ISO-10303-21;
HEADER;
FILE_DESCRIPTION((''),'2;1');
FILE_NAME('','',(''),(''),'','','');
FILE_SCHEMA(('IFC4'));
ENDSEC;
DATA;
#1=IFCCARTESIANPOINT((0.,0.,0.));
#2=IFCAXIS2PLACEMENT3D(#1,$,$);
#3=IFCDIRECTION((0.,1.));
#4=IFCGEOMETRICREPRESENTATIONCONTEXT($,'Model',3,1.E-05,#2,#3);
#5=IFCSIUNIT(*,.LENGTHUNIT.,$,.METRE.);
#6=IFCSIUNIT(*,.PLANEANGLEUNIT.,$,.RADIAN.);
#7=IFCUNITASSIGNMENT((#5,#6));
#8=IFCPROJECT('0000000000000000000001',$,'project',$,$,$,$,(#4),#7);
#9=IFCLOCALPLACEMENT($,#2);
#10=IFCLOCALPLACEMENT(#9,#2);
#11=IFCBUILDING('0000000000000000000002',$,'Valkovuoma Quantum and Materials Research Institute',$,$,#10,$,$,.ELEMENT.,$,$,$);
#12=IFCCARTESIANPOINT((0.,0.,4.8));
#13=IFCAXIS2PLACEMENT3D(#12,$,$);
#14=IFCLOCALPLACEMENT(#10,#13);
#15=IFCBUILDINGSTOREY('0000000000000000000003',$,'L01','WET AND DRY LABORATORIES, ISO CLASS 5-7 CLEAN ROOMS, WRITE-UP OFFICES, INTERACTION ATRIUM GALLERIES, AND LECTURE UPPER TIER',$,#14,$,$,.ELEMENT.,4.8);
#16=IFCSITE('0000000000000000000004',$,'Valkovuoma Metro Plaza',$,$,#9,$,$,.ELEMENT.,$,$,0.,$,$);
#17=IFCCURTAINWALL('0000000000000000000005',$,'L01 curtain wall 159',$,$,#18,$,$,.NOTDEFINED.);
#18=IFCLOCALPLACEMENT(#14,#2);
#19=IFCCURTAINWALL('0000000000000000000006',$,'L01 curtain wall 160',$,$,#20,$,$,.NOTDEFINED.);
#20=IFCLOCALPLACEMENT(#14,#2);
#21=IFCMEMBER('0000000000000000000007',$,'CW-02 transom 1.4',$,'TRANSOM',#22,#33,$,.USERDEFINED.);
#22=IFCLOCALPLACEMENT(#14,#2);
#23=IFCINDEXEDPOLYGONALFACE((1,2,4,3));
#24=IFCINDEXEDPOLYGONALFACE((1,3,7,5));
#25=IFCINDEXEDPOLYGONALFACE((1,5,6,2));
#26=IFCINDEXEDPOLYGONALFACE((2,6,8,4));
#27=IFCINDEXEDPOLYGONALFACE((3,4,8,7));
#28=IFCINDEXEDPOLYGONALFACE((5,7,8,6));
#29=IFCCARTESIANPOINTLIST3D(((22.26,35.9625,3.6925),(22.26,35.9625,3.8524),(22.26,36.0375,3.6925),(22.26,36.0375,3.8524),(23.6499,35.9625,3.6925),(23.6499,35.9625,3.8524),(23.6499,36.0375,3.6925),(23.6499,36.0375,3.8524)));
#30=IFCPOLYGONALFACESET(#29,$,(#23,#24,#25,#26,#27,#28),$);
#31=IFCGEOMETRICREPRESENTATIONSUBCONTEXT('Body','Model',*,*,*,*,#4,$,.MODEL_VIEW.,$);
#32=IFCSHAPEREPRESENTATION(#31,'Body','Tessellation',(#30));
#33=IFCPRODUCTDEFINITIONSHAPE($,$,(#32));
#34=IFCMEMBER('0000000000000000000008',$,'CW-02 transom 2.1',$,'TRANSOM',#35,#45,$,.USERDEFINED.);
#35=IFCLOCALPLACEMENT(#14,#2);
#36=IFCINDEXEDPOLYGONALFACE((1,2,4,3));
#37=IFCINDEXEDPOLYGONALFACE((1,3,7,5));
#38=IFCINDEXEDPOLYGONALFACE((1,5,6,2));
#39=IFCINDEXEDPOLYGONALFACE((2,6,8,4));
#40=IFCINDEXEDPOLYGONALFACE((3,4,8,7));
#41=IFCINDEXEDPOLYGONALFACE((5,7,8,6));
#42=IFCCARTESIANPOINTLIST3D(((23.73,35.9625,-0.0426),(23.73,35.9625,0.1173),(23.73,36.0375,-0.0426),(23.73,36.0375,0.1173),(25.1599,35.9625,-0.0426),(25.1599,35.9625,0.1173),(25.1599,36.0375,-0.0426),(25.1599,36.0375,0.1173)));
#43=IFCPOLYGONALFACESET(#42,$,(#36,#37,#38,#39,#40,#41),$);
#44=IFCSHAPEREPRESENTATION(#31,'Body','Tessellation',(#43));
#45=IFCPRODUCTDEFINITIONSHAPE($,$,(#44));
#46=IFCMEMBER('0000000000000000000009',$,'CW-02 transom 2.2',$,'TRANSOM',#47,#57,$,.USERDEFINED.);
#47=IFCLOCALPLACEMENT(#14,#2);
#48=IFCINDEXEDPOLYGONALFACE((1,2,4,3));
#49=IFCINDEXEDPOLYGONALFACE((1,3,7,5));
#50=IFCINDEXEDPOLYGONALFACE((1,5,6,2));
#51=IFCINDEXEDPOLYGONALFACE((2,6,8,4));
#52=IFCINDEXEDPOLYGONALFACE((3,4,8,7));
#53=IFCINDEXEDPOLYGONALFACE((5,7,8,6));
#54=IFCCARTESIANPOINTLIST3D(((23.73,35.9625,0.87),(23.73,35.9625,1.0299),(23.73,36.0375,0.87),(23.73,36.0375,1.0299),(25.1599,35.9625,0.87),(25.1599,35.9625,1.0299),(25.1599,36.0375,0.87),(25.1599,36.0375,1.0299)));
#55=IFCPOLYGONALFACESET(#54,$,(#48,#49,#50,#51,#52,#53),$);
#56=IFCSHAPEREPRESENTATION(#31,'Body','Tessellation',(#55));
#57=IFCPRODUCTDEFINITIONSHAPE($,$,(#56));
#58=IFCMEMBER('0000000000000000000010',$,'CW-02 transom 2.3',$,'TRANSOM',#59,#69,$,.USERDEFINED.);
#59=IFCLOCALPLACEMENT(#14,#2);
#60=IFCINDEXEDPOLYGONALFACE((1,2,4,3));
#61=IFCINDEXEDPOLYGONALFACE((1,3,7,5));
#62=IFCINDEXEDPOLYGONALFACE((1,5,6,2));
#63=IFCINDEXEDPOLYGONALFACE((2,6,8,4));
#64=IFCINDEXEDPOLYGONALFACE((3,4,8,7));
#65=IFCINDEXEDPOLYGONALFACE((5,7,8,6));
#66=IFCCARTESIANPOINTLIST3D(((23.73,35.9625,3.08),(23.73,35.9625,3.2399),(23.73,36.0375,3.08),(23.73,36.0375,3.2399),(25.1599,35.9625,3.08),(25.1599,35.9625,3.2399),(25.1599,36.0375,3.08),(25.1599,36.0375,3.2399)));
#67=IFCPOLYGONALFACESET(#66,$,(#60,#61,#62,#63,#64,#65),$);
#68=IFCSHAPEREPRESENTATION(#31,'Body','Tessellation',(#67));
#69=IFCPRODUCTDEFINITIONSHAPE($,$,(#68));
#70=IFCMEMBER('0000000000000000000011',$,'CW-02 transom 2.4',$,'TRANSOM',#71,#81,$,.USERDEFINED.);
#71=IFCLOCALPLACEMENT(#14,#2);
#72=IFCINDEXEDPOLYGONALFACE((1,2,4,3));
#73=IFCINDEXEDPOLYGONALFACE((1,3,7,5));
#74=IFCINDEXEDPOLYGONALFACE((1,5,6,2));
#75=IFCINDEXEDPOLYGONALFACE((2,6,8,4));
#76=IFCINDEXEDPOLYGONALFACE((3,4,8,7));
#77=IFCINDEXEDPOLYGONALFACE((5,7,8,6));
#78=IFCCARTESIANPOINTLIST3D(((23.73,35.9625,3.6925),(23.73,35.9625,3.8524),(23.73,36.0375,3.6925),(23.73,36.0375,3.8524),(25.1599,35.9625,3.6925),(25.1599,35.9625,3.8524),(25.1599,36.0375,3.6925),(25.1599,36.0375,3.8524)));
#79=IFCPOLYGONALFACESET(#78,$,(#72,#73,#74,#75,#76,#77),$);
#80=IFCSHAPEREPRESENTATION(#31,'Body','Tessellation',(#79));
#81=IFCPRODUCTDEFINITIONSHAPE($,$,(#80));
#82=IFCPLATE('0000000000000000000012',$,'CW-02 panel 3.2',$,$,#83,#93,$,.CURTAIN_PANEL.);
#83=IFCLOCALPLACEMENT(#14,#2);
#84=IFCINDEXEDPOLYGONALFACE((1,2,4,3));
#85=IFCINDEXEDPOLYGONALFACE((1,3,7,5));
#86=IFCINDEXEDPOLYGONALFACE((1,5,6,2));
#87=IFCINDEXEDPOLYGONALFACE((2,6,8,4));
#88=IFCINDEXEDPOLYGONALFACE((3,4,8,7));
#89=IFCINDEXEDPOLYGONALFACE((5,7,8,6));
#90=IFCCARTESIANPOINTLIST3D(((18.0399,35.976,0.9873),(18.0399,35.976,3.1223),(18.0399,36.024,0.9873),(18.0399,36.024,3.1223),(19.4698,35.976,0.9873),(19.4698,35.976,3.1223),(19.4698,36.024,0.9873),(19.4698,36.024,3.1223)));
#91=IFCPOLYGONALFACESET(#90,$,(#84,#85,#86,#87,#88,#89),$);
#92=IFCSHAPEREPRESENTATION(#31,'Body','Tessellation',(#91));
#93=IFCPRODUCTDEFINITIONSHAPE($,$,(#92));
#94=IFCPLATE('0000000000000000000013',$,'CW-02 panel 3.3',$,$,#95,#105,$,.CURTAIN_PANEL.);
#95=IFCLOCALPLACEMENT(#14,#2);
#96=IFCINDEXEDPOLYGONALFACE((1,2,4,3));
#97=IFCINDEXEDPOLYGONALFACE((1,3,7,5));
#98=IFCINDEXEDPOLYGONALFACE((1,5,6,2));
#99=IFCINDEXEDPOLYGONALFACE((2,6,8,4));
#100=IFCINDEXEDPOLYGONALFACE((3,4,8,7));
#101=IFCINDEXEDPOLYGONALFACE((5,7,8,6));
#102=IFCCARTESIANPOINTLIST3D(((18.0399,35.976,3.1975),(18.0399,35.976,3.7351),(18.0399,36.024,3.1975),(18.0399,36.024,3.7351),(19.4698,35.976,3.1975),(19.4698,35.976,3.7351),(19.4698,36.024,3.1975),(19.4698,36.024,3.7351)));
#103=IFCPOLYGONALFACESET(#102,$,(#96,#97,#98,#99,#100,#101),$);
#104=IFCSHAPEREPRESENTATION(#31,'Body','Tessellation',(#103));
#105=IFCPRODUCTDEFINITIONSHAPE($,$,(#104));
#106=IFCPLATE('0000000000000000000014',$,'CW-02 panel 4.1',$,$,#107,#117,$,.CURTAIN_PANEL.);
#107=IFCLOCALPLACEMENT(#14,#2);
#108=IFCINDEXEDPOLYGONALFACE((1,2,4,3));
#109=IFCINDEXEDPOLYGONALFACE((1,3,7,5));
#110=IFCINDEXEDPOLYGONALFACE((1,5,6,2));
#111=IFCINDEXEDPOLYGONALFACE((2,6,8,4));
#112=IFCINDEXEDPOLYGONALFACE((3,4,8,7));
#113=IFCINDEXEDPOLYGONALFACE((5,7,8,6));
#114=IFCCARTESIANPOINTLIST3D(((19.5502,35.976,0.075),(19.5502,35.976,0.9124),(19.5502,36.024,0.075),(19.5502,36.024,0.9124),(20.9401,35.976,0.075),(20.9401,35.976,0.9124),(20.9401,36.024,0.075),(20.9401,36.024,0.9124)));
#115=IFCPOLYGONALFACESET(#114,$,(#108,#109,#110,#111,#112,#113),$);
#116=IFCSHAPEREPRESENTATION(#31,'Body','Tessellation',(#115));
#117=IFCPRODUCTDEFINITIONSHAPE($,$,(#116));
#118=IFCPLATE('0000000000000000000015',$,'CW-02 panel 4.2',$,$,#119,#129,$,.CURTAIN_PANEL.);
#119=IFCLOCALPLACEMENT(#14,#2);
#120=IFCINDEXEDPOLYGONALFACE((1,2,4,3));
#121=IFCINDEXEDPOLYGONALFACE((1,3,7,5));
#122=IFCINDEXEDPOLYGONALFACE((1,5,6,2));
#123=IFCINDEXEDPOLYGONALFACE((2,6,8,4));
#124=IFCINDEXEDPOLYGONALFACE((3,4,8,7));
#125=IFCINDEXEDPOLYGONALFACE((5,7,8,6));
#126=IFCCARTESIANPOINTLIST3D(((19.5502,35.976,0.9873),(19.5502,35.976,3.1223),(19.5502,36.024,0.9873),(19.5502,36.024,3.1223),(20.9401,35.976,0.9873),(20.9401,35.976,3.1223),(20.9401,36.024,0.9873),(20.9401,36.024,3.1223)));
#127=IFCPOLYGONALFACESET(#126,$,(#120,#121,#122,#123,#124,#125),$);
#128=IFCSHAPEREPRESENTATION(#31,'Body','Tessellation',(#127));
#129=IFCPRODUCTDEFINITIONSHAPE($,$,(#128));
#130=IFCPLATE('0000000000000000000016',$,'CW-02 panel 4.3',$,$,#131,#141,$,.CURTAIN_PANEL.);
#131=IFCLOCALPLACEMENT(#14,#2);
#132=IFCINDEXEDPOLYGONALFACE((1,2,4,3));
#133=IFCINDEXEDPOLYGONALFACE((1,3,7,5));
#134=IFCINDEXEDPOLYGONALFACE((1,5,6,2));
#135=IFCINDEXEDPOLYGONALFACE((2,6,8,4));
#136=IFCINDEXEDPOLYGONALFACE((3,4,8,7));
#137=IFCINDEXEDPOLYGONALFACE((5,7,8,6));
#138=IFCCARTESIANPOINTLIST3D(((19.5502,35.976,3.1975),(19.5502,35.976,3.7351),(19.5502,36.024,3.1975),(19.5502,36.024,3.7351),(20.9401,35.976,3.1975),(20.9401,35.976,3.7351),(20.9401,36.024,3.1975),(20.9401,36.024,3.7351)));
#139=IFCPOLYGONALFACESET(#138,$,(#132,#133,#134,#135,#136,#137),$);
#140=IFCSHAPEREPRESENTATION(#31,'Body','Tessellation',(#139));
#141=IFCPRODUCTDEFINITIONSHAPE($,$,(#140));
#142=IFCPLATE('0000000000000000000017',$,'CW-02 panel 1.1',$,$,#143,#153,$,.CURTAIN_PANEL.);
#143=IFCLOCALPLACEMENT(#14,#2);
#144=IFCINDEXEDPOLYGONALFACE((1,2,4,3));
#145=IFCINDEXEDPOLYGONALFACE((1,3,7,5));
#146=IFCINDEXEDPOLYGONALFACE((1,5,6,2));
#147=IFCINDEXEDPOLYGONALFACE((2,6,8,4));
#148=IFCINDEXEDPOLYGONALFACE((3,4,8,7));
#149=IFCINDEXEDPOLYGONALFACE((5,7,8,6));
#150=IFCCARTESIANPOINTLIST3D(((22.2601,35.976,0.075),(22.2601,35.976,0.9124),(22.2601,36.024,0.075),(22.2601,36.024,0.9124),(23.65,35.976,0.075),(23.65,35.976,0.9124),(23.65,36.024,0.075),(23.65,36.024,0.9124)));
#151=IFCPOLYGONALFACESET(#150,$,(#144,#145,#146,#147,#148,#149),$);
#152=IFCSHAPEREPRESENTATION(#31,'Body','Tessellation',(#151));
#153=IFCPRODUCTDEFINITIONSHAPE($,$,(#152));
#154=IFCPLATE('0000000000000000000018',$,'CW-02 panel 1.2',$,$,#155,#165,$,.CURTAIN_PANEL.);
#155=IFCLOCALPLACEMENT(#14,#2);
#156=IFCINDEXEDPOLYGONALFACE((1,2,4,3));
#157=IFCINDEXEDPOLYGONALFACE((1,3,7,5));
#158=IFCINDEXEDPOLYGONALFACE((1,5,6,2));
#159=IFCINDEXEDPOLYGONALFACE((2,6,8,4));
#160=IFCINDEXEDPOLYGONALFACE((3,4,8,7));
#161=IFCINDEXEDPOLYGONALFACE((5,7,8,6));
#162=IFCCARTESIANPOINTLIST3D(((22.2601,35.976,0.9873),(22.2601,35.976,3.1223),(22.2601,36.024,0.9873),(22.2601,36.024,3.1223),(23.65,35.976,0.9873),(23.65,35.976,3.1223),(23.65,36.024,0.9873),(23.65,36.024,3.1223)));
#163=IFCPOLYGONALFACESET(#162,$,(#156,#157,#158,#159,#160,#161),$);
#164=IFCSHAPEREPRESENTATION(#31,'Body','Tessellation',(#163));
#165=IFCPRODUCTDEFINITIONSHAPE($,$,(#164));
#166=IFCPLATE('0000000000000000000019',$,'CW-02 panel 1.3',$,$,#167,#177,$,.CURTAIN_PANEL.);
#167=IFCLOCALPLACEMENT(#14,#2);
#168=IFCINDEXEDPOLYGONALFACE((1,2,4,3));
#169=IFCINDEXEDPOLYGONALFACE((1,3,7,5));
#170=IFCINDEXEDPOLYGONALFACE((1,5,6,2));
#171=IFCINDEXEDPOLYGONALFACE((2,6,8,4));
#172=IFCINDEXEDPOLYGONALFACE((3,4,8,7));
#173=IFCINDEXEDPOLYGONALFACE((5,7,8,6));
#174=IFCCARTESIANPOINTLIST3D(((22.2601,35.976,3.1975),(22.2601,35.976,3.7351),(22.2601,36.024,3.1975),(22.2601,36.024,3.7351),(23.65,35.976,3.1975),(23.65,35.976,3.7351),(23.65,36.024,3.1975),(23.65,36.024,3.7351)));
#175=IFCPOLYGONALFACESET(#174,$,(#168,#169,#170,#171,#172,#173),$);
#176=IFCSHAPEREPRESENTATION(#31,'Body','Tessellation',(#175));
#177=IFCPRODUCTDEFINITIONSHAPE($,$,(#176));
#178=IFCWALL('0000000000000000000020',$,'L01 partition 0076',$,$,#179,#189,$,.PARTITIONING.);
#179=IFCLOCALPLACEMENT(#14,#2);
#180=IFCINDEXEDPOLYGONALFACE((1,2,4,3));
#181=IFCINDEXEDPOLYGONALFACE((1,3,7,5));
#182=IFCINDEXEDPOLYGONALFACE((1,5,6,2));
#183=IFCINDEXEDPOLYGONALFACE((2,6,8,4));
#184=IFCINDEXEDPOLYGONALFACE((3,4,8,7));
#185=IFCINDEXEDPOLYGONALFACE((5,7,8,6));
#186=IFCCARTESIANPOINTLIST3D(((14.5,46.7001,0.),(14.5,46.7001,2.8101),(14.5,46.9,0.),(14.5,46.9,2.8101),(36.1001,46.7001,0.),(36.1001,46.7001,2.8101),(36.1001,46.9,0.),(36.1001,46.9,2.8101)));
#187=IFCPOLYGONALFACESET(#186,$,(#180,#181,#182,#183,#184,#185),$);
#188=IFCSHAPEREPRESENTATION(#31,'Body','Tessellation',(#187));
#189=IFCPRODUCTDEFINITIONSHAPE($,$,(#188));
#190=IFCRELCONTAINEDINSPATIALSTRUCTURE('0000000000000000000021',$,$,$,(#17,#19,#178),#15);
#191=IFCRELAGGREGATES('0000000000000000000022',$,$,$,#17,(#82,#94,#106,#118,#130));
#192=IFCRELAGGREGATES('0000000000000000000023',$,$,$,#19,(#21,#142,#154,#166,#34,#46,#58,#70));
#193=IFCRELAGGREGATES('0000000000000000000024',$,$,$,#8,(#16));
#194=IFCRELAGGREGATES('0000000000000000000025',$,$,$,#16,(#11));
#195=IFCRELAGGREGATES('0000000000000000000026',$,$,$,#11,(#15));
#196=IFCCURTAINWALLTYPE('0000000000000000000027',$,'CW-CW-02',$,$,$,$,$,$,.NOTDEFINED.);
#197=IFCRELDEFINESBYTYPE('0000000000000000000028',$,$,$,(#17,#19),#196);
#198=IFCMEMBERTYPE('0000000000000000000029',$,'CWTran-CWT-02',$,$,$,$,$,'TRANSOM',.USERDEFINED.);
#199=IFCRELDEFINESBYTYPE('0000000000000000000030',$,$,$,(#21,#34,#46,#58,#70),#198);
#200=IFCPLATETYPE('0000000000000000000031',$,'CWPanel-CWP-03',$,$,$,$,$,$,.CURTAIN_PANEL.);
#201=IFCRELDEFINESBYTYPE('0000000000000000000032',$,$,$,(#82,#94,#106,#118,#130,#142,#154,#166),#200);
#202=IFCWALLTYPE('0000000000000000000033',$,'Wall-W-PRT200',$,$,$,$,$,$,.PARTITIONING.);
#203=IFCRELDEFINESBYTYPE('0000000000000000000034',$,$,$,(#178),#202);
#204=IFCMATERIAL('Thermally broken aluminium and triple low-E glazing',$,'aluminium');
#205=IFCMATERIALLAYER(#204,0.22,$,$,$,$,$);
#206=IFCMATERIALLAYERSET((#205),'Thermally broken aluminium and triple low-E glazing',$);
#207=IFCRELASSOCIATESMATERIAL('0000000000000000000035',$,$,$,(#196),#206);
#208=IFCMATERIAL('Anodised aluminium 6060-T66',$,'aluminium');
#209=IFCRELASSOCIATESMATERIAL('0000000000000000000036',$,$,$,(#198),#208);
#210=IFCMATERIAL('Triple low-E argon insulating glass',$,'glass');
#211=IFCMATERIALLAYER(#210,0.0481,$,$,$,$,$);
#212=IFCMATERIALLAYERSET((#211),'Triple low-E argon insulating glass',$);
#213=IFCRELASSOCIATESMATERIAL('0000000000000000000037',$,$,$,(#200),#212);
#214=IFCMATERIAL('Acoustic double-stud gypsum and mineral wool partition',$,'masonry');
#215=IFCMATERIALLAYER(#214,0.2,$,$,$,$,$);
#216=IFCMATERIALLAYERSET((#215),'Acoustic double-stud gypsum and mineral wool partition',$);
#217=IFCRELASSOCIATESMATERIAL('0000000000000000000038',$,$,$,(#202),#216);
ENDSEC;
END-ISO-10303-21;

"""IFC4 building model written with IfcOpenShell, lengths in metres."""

from ifc_helpers import new_model, si_unit, direction, frame, frame_2d, origin, origin_2d, place, context, subcontext, project, spatial, rectangle, extrude, material, layer, layer_set, material_profile, profile_set, type_object, element, aggregate, save


model = new_model("IFC4")

# Units and contexts
model_context = context("Model", 3, precision=1e-05, world=origin(), true_north=direction((0.0, 1.0)))
body_context = subcontext(model_context, "Body", "Model", "MODEL_VIEW")
ifc_project = project(units=[si_unit("LENGTHUNIT", "METRE"), si_unit("PLANEANGLEUNIT", "RADIAN")], contexts=[model_context])

# Site, building, storey
site_placement = place(None, origin())
site = spatial("IfcSite", under=ifc_project, at=site_placement, Name="Valkovuoma Metro Plaza", CompositionType="ELEMENT", RefElevation=0.0)
building_placement = place(site_placement, origin())
building = spatial("IfcBuilding", under=site, at=building_placement, Name="Valkovuoma Quantum and Materials Research Institute", CompositionType="ELEMENT")
storey_placement = place(building_placement, frame((0.0, 0.0, 4.8)))
storey = spatial("IfcBuildingStorey", under=building, at=storey_placement, Name="L01", Description="WET AND DRY LABORATORIES, ISO CLASS 5-7 CLEAN ROOMS, WRITE-UP OFFICES, INTERACTION ATRIUM GALLERIES, AND LECTURE UPPER TIER", CompositionType="ELEMENT", Elevation=4.8)

# Curtain walls
ifc_material_1 = material(Name="Thermally broken aluminium and triple low-E glazing", Category="aluminium")
ifc_layer_1 = layer(ifc_material_1, 0.22)
ifc_layer_set_1 = layer_set([ifc_layer_1], Name="Thermally broken aluminium and triple low-E glazing")
curtain_wall_type = type_object("IfcCurtainWallType", Name="CW-CW-02", PredefinedType="NOTDEFINED", material=ifc_layer_set_1)
curtain_wall_1_placement = place(storey_placement, origin())
curtain_wall_1 = element("IfcCurtainWall", 1, at=curtain_wall_1_placement, inside=storey, type_object=curtain_wall_type, Name="L01 curtain wall 159", PredefinedType="NOTDEFINED")
curtain_wall_2_placement = place(storey_placement, origin())
curtain_wall_2 = element("IfcCurtainWall", 2, at=curtain_wall_2_placement, inside=storey, type_object=curtain_wall_type, Name="L01 curtain wall 160", PredefinedType="NOTDEFINED")

# Members
ifc_material_2 = material(Name="Anodised aluminium 6060-T66", Category="aluminium")
ifc_material_profile_1 = material_profile(ifc_material_2, rectangle(XDim=0.075, YDim=0.1599, at=origin_2d()), Name="Anodised aluminium 6060-T66")
ifc_profile_set_1 = profile_set([ifc_material_profile_1], Name="Anodised aluminium 6060-T66")
member_type_1 = type_object("IfcMemberType", Name="CWTran-CWT-02", ElementType="TRANSOM", PredefinedType="USERDEFINED", material=ifc_profile_set_1)
member_1_placement = place(storey_placement, frame((22.26, 36.0, 3.7725), z_axis=(1.0, 0.0, 0.0), x_axis=(0.0, 1.0, 0.0)))
member_1 = element("IfcMember", 3, at=member_1_placement, type_object=member_type_1, Name="CW-02 transom 1.4", ObjectType="TRANSOM", PredefinedType="USERDEFINED", context=body_context, shape_type="SweptSolid", body=[
    extrude(rectangle(XDim=0.075, YDim=0.1599, at=origin_2d()), origin(), (0.0, 0.0, 1.0), 1.3899),
])
member_2_placement = place(storey_placement, frame((23.73, 36.0, 0.0374), z_axis=(1.0, 0.0, 0.0), x_axis=(0.0, 1.0, 0.0)))
member_2 = element("IfcMember", 4, at=member_2_placement, type_object=member_type_1, Name="CW-02 transom 2.1", ObjectType="TRANSOM", PredefinedType="USERDEFINED", context=body_context, shape_type="SweptSolid", body=[
    extrude(rectangle(XDim=0.075, YDim=0.1599, at=origin_2d()), origin(), (0.0, 0.0, 1.0), 1.4299),
])
member_3_placement = place(storey_placement, frame((23.73, 36.0, 0.95), z_axis=(1.0, 0.0, 0.0), x_axis=(0.0, 1.0, 0.0)))
member_3 = element("IfcMember", 5, at=member_3_placement, type_object=member_type_1, Name="CW-02 transom 2.2", ObjectType="TRANSOM", PredefinedType="USERDEFINED", context=body_context, shape_type="SweptSolid", body=[
    extrude(rectangle(XDim=0.075, YDim=0.1599, at=origin_2d()), origin(), (0.0, 0.0, 1.0), 1.4299),
])
member_4_placement = place(storey_placement, frame((23.73, 36.0, 3.1599), z_axis=(1.0, 0.0, 0.0), x_axis=(0.0, 1.0, 0.0)))
member_4 = element("IfcMember", 6, at=member_4_placement, type_object=member_type_1, Name="CW-02 transom 2.3", ObjectType="TRANSOM", PredefinedType="USERDEFINED", context=body_context, shape_type="SweptSolid", body=[
    extrude(rectangle(XDim=0.075, YDim=0.1599, at=origin_2d()), origin(), (0.0, 0.0, 1.0), 1.4299),
])
member_5_placement = place(storey_placement, frame((23.73, 36.0, 3.7725), z_axis=(1.0, 0.0, 0.0), x_axis=(0.0, 1.0, 0.0)))
member_5 = element("IfcMember", 7, at=member_5_placement, type_object=member_type_1, Name="CW-02 transom 2.4", ObjectType="TRANSOM", PredefinedType="USERDEFINED", context=body_context, shape_type="SweptSolid", body=[
    extrude(rectangle(XDim=0.075, YDim=0.1599, at=origin_2d()), origin(), (0.0, 0.0, 1.0), 1.4299),
])

# Plates
ifc_material_3 = material(Name="Triple low-E argon insulating glass", Category="glass")
ifc_layer_2 = layer(ifc_material_3, 0.0481)
ifc_layer_set_2 = layer_set([ifc_layer_2], Name="Triple low-E argon insulating glass")
plate_type = type_object("IfcPlateType", Name="CWPanel-CWP-03", PredefinedType="CURTAIN_PANEL", material=ifc_layer_set_2)
plate_1_placement = place(storey_placement, frame((18.7549, 36.0, 0.9873), z_axis=(0.0, 0.0, 1.0), x_axis=(1.0, 0.0, 0.0)))
plate_1 = element("IfcPlate", 8, at=plate_1_placement, type_object=plate_type, Name="CW-02 panel 3.2", PredefinedType="CURTAIN_PANEL", context=body_context, shape_type="SweptSolid", body=[
    extrude(rectangle(XDim=1.4299, YDim=0.0481, at=origin_2d()), origin(), (0.0, 0.0, 1.0), 2.135),
])
plate_2_placement = place(storey_placement, frame((18.7549, 36.0, 3.1975), z_axis=(0.0, 0.0, 1.0), x_axis=(1.0, 0.0, 0.0)))
plate_2 = element("IfcPlate", 9, at=plate_2_placement, type_object=plate_type, Name="CW-02 panel 3.3", PredefinedType="CURTAIN_PANEL", context=body_context, shape_type="SweptSolid", body=[
    extrude(rectangle(XDim=1.4299, YDim=0.0481, at=origin_2d()), origin(), (0.0, 0.0, 1.0), 0.5376),
])
plate_3_placement = place(storey_placement, frame((20.2451, 36.0, 0.075), z_axis=(0.0, 0.0, 1.0), x_axis=(1.0, 0.0, 0.0)))
plate_3 = element("IfcPlate", 10, at=plate_3_placement, type_object=plate_type, Name="CW-02 panel 4.1", PredefinedType="CURTAIN_PANEL", context=body_context, shape_type="SweptSolid", body=[
    extrude(rectangle(XDim=1.3899, YDim=0.0481, at=origin_2d()), origin(), (0.0, 0.0, 1.0), 0.8374),
])
plate_4_placement = place(storey_placement, frame((20.2451, 36.0, 0.9873), z_axis=(0.0, 0.0, 1.0), x_axis=(1.0, 0.0, 0.0)))
plate_4 = element("IfcPlate", 11, at=plate_4_placement, type_object=plate_type, Name="CW-02 panel 4.2", PredefinedType="CURTAIN_PANEL", context=body_context, shape_type="SweptSolid", body=[
    extrude(rectangle(XDim=1.3899, YDim=0.0481, at=origin_2d()), origin(), (0.0, 0.0, 1.0), 2.135),
])
plate_5_placement = place(storey_placement, frame((20.2451, 36.0, 3.1975), z_axis=(0.0, 0.0, 1.0), x_axis=(1.0, 0.0, 0.0)))
plate_5 = element("IfcPlate", 12, at=plate_5_placement, type_object=plate_type, Name="CW-02 panel 4.3", PredefinedType="CURTAIN_PANEL", context=body_context, shape_type="SweptSolid", body=[
    extrude(rectangle(XDim=1.3899, YDim=0.0481, at=origin_2d()), origin(), (0.0, 0.0, 1.0), 0.5376),
])
aggregate(curtain_wall_1, [plate_1, plate_2, plate_3, plate_4, plate_5])
plate_6_placement = place(storey_placement, frame((22.9551, 36.0, 0.075), z_axis=(0.0, 0.0, 1.0), x_axis=(1.0, 0.0, 0.0)))
plate_6 = element("IfcPlate", 13, at=plate_6_placement, type_object=plate_type, Name="CW-02 panel 1.1", PredefinedType="CURTAIN_PANEL", context=body_context, shape_type="SweptSolid", body=[
    extrude(rectangle(XDim=1.3899, YDim=0.0481, at=origin_2d()), origin(), (0.0, 0.0, 1.0), 0.8374),
])
plate_7_placement = place(storey_placement, frame((22.9551, 36.0, 0.9873), z_axis=(0.0, 0.0, 1.0), x_axis=(1.0, 0.0, 0.0)))
plate_7 = element("IfcPlate", 14, at=plate_7_placement, type_object=plate_type, Name="CW-02 panel 1.2", PredefinedType="CURTAIN_PANEL", context=body_context, shape_type="SweptSolid", body=[
    extrude(rectangle(XDim=1.3899, YDim=0.0481, at=origin_2d()), origin(), (0.0, 0.0, 1.0), 2.135),
])
plate_8_placement = place(storey_placement, frame((22.9551, 36.0, 3.1975), z_axis=(0.0, 0.0, 1.0), x_axis=(1.0, 0.0, 0.0)))
plate_8 = element("IfcPlate", 15, at=plate_8_placement, type_object=plate_type, Name="CW-02 panel 1.3", PredefinedType="CURTAIN_PANEL", context=body_context, shape_type="SweptSolid", body=[
    extrude(rectangle(XDim=1.3899, YDim=0.0481, at=origin_2d()), origin(), (0.0, 0.0, 1.0), 0.5376),
])
aggregate(curtain_wall_2, [member_1, plate_6, plate_7, plate_8, member_2, member_3, member_4, member_5])

# Wall
ifc_material_4 = material(Name="Acoustic double-stud gypsum and mineral wool partition", Category="masonry")
ifc_layer_3 = layer(ifc_material_4, 0.2)
ifc_layer_set_3 = layer_set([ifc_layer_3], Name="Acoustic double-stud gypsum and mineral wool partition")
wall_type = type_object("IfcWallType", Name="Wall-W-PRT200", PredefinedType="PARTITIONING", material=ifc_layer_set_3)
wall_placement = place(storey_placement, frame((14.5, 46.8, 0.0), z_axis=(0.0, 0.0, 1.0), x_axis=(1.0, 0.0, 0.0)))
element("IfcWall", 16, at=wall_placement, inside=storey, type_object=wall_type, Name="L01 partition 0076", PredefinedType="PARTITIONING", context=body_context, shape_type="SweptSolid", body=[
    extrude(rectangle(XDim=21.6001, YDim=0.2, at=frame_2d((10.8, 0.0))), origin(), (0.0, 0.0, 1.0), 2.8101),
])

save(model, "model.ifc")
